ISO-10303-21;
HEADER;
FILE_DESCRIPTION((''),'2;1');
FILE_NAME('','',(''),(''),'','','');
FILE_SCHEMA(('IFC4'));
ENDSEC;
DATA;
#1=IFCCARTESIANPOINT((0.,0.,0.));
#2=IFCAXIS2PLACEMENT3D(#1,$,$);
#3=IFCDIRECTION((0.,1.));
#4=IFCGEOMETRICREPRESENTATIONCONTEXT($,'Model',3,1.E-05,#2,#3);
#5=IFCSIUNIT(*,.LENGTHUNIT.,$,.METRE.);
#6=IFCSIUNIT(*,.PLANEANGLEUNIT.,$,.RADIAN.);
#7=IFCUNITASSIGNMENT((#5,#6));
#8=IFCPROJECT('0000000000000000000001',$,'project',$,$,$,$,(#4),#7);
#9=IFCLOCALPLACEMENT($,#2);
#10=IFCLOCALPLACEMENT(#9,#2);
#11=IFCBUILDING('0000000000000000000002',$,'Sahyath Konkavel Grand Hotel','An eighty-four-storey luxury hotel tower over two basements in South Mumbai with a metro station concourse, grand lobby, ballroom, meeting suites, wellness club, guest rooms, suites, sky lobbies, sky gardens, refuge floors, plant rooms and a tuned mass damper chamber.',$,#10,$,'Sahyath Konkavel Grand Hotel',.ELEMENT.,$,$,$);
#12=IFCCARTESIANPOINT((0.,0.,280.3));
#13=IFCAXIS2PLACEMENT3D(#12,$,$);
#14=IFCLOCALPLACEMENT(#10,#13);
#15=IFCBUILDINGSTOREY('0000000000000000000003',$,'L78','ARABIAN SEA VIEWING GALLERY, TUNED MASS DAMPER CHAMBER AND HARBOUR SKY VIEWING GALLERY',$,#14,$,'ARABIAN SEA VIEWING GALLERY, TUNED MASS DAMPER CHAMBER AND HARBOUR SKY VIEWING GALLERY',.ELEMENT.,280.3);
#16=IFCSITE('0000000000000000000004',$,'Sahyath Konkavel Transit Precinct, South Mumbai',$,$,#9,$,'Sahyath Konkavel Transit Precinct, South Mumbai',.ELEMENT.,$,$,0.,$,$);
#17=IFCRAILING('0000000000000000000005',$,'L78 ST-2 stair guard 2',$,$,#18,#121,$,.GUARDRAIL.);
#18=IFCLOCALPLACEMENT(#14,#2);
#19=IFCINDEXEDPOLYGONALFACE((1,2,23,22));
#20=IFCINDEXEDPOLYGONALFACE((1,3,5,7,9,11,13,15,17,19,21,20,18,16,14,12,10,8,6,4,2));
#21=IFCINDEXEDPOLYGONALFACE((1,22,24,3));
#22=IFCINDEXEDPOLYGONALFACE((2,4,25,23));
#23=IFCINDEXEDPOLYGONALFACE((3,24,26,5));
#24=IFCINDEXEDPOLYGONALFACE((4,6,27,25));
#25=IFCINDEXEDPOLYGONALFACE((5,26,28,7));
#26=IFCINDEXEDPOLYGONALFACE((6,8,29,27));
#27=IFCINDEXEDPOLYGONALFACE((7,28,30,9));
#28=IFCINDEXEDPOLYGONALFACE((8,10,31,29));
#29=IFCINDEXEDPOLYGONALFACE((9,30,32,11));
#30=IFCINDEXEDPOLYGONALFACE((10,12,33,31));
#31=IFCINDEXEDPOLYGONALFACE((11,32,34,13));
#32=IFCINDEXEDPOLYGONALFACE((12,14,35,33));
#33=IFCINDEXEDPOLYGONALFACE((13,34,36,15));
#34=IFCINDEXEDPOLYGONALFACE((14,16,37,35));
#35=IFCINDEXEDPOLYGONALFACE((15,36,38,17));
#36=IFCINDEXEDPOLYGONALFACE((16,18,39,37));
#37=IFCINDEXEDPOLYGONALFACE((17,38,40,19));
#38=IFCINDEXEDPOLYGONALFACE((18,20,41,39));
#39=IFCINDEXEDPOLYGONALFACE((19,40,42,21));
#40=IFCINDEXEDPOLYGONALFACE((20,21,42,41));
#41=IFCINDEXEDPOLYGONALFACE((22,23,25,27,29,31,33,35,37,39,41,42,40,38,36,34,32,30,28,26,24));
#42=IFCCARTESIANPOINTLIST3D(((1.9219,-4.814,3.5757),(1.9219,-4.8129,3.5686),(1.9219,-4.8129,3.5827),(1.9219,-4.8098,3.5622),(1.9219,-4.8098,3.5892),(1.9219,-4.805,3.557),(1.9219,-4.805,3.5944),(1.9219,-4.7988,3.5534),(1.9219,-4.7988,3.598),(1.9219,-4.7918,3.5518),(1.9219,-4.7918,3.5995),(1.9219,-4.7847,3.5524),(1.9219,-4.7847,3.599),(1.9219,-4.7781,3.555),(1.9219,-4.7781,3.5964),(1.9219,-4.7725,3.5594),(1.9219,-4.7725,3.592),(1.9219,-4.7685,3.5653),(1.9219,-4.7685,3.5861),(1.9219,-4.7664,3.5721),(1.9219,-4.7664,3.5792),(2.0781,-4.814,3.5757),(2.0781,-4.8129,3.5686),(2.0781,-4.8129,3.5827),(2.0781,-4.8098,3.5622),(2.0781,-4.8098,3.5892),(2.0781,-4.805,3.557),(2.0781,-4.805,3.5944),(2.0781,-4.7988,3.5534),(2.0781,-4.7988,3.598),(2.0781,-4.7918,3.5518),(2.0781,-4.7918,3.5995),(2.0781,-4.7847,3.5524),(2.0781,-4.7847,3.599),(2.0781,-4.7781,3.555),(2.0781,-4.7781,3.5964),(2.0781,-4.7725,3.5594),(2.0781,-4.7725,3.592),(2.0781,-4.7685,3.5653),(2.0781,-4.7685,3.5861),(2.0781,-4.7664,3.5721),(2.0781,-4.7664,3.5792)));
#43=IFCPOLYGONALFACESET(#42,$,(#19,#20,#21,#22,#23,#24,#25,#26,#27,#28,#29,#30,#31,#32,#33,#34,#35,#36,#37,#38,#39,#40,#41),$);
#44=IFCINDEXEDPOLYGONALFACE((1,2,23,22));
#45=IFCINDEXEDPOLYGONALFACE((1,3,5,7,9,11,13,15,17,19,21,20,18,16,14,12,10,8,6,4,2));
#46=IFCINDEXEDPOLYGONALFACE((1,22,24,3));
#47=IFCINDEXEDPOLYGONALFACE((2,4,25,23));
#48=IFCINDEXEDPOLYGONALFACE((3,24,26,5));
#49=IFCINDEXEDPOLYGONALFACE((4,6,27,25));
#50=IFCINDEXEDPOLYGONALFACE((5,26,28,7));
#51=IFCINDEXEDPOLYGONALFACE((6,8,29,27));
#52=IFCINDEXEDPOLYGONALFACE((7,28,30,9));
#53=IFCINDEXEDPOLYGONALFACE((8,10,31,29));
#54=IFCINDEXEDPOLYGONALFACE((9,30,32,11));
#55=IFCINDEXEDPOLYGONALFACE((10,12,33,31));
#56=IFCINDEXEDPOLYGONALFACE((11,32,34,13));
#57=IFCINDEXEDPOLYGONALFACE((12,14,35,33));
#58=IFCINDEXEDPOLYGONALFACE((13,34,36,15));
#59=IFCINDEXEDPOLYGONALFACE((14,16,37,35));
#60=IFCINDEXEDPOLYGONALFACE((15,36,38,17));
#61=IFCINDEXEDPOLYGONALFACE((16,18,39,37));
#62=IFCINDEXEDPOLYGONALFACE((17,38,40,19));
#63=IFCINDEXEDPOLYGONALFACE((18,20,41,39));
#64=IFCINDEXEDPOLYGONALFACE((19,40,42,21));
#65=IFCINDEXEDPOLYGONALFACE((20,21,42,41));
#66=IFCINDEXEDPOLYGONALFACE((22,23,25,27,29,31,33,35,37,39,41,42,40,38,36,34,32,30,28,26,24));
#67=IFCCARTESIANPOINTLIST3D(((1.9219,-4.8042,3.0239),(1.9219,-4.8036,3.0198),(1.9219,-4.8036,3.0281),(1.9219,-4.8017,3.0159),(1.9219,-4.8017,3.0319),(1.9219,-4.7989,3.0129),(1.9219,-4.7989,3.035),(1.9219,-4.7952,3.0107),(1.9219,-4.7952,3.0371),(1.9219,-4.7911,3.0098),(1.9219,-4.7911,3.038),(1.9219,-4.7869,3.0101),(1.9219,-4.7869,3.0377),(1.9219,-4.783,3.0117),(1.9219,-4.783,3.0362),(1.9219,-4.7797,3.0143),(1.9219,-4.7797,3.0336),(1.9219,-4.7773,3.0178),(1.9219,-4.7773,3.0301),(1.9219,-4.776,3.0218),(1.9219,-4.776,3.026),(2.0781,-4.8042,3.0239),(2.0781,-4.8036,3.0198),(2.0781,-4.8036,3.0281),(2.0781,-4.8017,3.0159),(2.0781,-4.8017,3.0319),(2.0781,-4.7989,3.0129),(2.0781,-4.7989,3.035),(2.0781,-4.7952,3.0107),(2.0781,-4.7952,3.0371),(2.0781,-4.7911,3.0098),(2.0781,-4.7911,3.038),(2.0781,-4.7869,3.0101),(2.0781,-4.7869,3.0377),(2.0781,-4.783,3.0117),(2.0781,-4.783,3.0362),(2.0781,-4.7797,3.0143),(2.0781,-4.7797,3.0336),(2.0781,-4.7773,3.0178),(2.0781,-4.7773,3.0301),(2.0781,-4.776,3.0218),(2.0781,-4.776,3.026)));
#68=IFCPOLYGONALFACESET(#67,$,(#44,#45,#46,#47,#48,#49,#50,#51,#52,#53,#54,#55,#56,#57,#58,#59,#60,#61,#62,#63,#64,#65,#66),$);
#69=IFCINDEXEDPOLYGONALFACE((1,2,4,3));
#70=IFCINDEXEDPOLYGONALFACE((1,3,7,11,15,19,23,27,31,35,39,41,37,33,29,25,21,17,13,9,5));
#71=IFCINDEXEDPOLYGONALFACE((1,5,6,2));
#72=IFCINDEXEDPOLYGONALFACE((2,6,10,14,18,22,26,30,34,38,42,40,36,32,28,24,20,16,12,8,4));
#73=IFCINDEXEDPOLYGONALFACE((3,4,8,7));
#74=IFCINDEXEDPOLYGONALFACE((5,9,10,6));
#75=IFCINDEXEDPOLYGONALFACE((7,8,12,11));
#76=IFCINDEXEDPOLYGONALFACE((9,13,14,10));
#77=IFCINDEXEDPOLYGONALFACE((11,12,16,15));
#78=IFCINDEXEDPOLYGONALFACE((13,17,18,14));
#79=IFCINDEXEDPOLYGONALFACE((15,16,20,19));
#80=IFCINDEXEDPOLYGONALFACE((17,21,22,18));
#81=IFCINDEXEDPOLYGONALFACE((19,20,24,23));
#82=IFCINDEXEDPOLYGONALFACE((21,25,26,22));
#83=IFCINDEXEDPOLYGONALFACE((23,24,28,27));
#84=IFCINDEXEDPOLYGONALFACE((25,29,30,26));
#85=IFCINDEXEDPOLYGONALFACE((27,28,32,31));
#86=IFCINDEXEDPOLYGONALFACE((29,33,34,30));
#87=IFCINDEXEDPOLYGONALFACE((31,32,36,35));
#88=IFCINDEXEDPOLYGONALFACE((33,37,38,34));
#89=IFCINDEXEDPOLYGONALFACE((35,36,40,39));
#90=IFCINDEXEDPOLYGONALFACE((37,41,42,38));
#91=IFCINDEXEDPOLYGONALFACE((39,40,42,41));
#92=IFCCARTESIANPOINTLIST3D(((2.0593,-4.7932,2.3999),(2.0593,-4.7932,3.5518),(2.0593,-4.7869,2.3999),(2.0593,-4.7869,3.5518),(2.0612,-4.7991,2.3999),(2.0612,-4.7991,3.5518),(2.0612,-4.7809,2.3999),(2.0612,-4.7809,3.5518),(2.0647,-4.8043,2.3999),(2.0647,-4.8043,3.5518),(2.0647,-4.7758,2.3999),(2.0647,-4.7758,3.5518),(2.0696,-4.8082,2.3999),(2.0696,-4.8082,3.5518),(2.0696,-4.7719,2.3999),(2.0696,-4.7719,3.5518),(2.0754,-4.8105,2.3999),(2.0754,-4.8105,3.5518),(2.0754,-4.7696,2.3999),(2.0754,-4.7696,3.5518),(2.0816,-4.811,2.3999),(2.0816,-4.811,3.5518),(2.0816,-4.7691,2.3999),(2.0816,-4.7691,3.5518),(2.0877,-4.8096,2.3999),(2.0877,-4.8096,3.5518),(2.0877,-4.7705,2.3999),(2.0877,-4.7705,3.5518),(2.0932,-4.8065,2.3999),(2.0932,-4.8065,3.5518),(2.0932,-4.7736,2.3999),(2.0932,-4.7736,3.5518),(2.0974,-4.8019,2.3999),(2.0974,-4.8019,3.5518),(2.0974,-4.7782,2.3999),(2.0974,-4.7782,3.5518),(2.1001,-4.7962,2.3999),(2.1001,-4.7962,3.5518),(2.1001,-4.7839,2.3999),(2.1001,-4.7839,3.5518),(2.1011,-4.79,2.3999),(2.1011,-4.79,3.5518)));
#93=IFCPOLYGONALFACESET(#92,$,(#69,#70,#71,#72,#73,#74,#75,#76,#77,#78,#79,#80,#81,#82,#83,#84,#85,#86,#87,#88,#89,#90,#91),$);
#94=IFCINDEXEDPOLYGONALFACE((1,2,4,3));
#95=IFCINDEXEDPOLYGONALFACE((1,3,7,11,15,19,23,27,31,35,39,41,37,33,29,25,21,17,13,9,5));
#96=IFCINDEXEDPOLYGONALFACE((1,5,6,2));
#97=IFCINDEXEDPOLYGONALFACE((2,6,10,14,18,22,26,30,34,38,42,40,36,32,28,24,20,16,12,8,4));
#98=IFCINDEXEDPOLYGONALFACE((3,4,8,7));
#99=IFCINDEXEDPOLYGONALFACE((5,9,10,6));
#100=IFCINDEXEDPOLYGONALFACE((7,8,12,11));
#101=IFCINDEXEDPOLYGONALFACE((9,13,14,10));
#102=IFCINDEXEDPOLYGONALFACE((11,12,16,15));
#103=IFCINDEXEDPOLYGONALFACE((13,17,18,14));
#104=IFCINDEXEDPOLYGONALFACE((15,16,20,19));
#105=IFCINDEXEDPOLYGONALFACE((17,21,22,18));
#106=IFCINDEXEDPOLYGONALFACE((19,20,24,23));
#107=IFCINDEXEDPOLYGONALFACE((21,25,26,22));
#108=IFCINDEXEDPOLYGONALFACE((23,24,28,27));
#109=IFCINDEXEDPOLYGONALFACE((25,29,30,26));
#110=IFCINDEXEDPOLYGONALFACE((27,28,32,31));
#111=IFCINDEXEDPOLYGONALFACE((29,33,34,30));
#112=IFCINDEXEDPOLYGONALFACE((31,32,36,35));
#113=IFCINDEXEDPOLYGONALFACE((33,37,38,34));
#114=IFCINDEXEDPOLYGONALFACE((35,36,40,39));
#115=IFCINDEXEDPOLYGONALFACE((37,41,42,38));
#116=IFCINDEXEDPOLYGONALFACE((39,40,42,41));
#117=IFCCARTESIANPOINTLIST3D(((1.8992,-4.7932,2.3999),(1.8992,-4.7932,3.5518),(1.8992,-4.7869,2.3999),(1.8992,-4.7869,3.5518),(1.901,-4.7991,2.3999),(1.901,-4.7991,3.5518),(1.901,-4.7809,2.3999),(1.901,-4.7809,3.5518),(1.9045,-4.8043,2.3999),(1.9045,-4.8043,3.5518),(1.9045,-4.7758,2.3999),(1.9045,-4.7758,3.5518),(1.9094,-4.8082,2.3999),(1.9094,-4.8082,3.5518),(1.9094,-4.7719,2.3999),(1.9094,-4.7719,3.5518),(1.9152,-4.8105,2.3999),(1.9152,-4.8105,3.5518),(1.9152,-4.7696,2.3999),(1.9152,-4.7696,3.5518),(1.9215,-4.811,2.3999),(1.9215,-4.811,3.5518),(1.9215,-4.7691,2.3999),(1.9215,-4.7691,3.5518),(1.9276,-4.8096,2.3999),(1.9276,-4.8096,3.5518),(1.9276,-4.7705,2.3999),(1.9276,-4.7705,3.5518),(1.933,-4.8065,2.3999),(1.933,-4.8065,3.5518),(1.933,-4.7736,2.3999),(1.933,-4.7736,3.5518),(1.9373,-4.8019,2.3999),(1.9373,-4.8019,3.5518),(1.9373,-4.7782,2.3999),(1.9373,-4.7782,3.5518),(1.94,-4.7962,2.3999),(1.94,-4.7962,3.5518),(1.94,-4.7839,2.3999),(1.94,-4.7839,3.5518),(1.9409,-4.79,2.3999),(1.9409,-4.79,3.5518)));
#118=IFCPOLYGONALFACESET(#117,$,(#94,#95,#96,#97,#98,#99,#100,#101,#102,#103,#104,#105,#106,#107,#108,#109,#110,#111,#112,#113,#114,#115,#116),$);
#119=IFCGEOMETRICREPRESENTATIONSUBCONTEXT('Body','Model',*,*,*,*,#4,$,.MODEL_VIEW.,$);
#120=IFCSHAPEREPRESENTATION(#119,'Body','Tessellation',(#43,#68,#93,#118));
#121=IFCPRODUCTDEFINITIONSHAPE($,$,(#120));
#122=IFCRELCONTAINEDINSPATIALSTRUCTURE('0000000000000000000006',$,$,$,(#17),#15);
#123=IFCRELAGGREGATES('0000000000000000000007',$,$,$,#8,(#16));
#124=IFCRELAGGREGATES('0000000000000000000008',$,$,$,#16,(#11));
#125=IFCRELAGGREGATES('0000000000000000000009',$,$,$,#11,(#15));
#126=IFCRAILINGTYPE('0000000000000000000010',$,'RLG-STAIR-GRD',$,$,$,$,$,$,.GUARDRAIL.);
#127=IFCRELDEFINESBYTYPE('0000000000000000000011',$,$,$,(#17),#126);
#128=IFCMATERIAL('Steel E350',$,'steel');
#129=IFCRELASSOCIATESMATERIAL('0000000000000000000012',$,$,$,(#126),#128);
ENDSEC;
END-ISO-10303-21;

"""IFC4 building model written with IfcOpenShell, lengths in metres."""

from ifc_helpers import new_model, si_unit, direction, frame, origin, origin_2d, place, context, subcontext, project, spatial, circle, extrude, material, type_object, element, save


model = new_model("IFC4")

# Units and contexts
model_context = context("Model", 3, precision=1e-05, world=origin(), true_north=direction((0.0, 1.0)))
body_context = subcontext(model_context, "Body", "Model", "MODEL_VIEW")
ifc_project = project(units=[si_unit("LENGTHUNIT", "METRE"), si_unit("PLANEANGLEUNIT", "RADIAN")], contexts=[model_context])

# Site, building, storey
site_placement = place(None, origin())
site = spatial("IfcSite", under=ifc_project, at=site_placement, Name="Sahyath Konkavel Transit Precinct, South Mumbai", LongName="Sahyath Konkavel Transit Precinct, South Mumbai", CompositionType="ELEMENT", RefElevation=0.0)
building_placement = place(site_placement, origin())
building = spatial("IfcBuilding", under=site, at=building_placement, Name="Sahyath Konkavel Grand Hotel", Description="An eighty-four-storey luxury hotel tower over two basements in South Mumbai with a metro station concourse, grand lobby, ballroom, meeting suites, wellness club, guest rooms, suites, sky lobbies, sky gardens, refuge floors, plant rooms and a tuned mass damper chamber.", LongName="Sahyath Konkavel Grand Hotel", CompositionType="ELEMENT")
storey_placement = place(building_placement, frame((0.0, 0.0, 280.3)))
storey = spatial("IfcBuildingStorey", under=building, at=storey_placement, Name="L78", Description="ARABIAN SEA VIEWING GALLERY, TUNED MASS DAMPER CHAMBER AND HARBOUR SKY VIEWING GALLERY", LongName="ARABIAN SEA VIEWING GALLERY, TUNED MASS DAMPER CHAMBER AND HARBOUR SKY VIEWING GALLERY", CompositionType="ELEMENT", Elevation=280.3)

# Shared definitions
ifc_material_1 = material(Name="Steel E350", Category="steel")

# Railing
railing_type_1 = type_object("IfcRailingType", Name="RLG-STAIR-GRD", PredefinedType="GUARDRAIL", material=ifc_material_1)
railing_1_placement = place(storey_placement, frame((2.0801, -4.79, 2.3999)))
element("IfcRailing", 1, at=railing_1_placement, inside=storey, type_object=railing_type_1, Name="L78 ST-2 stair guard 2", PredefinedType="GUARDRAIL", context=body_context, shape_type="SweptSolid", body=[
    extrude(circle(Radius=0.0239, at=origin_2d()), frame((-0.002, 0.0, 1.1758), z_axis=(-1.0, 0.0, 0.0), x_axis=(0.0, -1.0, 0.0)), (0.0, 0.0, 1.0), 0.1562),
    extrude(circle(Radius=0.0142, at=origin_2d()), frame((-0.002, 0.0, 0.624), z_axis=(-1.0, 0.0, 0.0), x_axis=(0.0, -1.0, 0.0)), (0.0, 0.0, 1.0), 0.1562),
    extrude(circle(Radius=0.021, at=origin_2d()), origin(), (0.0, 0.0, 1.0), 1.1519),
    extrude(circle(Radius=0.021, at=origin_2d()), frame((-0.1602, 0.0, 0.0)), (0.0, 0.0, 1.0), 1.1519),
])

save(model, "model.ifc")
